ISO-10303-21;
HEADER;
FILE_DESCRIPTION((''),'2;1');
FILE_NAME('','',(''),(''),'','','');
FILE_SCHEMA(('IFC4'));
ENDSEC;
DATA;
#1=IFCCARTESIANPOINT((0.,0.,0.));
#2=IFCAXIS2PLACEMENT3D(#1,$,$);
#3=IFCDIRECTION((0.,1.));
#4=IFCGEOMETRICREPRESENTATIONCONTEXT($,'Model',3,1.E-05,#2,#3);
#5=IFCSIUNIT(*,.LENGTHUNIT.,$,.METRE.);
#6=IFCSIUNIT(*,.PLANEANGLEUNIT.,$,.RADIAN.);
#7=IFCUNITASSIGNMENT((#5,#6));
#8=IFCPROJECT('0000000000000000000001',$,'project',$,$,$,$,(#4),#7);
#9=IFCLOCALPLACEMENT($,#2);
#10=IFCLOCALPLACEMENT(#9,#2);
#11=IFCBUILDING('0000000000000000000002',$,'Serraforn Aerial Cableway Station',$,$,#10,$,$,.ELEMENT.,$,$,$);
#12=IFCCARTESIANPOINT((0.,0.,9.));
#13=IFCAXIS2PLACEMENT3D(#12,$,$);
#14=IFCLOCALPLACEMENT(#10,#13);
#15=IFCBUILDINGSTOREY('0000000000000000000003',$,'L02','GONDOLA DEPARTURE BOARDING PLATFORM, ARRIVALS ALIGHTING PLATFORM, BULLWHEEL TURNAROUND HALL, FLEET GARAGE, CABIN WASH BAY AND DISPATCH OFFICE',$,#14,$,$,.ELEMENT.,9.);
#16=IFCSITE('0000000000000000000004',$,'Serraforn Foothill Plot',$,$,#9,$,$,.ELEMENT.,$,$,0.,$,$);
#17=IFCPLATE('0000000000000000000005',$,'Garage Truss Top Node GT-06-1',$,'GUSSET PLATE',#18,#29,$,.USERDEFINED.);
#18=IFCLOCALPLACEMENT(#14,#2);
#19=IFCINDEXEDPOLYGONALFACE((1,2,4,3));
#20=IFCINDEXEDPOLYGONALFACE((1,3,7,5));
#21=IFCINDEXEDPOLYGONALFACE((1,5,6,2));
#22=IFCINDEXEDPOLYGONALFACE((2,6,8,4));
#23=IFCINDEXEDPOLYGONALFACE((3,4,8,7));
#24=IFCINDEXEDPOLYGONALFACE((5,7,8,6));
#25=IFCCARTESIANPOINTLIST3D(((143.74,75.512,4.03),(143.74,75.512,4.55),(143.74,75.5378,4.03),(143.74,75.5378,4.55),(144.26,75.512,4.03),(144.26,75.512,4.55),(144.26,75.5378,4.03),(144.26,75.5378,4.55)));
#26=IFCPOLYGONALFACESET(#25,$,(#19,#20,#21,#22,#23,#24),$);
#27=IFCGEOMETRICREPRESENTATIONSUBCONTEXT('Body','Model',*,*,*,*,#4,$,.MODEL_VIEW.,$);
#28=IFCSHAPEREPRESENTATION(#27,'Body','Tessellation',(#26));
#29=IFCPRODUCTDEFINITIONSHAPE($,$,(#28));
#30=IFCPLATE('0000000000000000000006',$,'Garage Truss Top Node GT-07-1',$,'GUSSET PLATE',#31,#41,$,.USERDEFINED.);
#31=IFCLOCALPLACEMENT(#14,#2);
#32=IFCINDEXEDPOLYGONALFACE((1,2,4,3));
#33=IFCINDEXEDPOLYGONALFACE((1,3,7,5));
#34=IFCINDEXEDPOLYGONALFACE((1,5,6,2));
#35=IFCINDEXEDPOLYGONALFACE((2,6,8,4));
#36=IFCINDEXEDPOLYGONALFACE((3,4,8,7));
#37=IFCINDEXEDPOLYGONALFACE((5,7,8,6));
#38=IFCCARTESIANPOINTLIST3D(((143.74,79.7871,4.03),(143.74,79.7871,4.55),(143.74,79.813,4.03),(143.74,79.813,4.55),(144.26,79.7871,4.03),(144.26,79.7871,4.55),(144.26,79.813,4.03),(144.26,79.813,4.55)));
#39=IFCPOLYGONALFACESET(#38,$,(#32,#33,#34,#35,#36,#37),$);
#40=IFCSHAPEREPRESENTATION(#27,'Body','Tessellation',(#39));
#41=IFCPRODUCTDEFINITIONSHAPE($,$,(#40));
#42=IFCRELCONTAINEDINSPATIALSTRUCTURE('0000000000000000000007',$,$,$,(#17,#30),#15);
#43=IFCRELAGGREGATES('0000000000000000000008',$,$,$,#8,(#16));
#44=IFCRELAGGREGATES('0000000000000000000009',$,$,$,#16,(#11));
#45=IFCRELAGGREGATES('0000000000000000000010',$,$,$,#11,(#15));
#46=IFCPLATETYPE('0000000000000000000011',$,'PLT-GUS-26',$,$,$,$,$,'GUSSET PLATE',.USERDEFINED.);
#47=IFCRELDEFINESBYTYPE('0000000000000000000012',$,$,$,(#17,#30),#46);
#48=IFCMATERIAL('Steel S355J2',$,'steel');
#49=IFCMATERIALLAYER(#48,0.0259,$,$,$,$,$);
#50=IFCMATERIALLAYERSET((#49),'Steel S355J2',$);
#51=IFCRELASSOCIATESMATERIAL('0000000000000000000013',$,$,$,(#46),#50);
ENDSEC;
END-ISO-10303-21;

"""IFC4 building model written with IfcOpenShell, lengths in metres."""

from ifc_helpers import new_model, si_unit, direction, frame, origin, origin_2d, place, context, subcontext, project, spatial, rectangle, extrude, material, layer, layer_set, type_object, element, save


model = new_model("IFC4")

# Units and contexts
model_context = context("Model", 3, precision=1e-05, world=origin(), true_north=direction((0.0, 1.0)))
body_context = subcontext(model_context, "Body", "Model", "MODEL_VIEW")
ifc_project = project(units=[si_unit("LENGTHUNIT", "METRE"), si_unit("PLANEANGLEUNIT", "RADIAN")], contexts=[model_context])

# Site, building, storey
site_placement = place(None, origin())
site = spatial("IfcSite", under=ifc_project, at=site_placement, Name="Serraforn Foothill Plot", CompositionType="ELEMENT", RefElevation=0.0)
building_placement = place(site_placement, origin())
building = spatial("IfcBuilding", under=site, at=building_placement, Name="Serraforn Aerial Cableway Station", CompositionType="ELEMENT")
storey_placement = place(building_placement, frame((0.0, 0.0, 9.0)))
storey = spatial("IfcBuildingStorey", under=building, at=storey_placement, Name="L02", Description="GONDOLA DEPARTURE BOARDING PLATFORM, ARRIVALS ALIGHTING PLATFORM, BULLWHEEL TURNAROUND HALL, FLEET GARAGE, CABIN WASH BAY AND DISPATCH OFFICE", CompositionType="ELEMENT", Elevation=9.0)

# Shared definitions
ifc_material_1 = material(Name="Steel S355J2", Category="steel")

# Plates
ifc_layer_1 = layer(ifc_material_1, 0.0259)
ifc_layer_set_1 = layer_set([ifc_layer_1], Name="Steel S355J2")
plate_type_1 = type_object("IfcPlateType", Name="PLT-GUS-26", ElementType="GUSSET PLATE", PredefinedType="USERDEFINED", material=ifc_layer_set_1)
for number, where, z_axis, x_axis, name in (
    (1, (144.0, 75.5249, 4.03), (0.0, 0.0, 1.0), (1.0, 0.0, 0.0), "Garage Truss Top Node GT-06-1"),
    (2, (144.0, 79.8, 4.03), (0.0, 0.0, 1.0), (1.0, 0.0, 0.0), "Garage Truss Top Node GT-07-1"),
):
    element("IfcPlate", number, at=place(storey_placement, frame(where, z_axis=z_axis, x_axis=x_axis)), inside=storey, type_object=plate_type_1, Name=name, ObjectType="GUSSET PLATE", PredefinedType="USERDEFINED", context=body_context, shape_type="SweptSolid", body=[
        extrude(rectangle(XDim=0.52, YDim=0.0259, at=origin_2d()), origin(), (0.0, 0.0, 1.0), 0.52),
    ])

save(model, "model.ifc")
